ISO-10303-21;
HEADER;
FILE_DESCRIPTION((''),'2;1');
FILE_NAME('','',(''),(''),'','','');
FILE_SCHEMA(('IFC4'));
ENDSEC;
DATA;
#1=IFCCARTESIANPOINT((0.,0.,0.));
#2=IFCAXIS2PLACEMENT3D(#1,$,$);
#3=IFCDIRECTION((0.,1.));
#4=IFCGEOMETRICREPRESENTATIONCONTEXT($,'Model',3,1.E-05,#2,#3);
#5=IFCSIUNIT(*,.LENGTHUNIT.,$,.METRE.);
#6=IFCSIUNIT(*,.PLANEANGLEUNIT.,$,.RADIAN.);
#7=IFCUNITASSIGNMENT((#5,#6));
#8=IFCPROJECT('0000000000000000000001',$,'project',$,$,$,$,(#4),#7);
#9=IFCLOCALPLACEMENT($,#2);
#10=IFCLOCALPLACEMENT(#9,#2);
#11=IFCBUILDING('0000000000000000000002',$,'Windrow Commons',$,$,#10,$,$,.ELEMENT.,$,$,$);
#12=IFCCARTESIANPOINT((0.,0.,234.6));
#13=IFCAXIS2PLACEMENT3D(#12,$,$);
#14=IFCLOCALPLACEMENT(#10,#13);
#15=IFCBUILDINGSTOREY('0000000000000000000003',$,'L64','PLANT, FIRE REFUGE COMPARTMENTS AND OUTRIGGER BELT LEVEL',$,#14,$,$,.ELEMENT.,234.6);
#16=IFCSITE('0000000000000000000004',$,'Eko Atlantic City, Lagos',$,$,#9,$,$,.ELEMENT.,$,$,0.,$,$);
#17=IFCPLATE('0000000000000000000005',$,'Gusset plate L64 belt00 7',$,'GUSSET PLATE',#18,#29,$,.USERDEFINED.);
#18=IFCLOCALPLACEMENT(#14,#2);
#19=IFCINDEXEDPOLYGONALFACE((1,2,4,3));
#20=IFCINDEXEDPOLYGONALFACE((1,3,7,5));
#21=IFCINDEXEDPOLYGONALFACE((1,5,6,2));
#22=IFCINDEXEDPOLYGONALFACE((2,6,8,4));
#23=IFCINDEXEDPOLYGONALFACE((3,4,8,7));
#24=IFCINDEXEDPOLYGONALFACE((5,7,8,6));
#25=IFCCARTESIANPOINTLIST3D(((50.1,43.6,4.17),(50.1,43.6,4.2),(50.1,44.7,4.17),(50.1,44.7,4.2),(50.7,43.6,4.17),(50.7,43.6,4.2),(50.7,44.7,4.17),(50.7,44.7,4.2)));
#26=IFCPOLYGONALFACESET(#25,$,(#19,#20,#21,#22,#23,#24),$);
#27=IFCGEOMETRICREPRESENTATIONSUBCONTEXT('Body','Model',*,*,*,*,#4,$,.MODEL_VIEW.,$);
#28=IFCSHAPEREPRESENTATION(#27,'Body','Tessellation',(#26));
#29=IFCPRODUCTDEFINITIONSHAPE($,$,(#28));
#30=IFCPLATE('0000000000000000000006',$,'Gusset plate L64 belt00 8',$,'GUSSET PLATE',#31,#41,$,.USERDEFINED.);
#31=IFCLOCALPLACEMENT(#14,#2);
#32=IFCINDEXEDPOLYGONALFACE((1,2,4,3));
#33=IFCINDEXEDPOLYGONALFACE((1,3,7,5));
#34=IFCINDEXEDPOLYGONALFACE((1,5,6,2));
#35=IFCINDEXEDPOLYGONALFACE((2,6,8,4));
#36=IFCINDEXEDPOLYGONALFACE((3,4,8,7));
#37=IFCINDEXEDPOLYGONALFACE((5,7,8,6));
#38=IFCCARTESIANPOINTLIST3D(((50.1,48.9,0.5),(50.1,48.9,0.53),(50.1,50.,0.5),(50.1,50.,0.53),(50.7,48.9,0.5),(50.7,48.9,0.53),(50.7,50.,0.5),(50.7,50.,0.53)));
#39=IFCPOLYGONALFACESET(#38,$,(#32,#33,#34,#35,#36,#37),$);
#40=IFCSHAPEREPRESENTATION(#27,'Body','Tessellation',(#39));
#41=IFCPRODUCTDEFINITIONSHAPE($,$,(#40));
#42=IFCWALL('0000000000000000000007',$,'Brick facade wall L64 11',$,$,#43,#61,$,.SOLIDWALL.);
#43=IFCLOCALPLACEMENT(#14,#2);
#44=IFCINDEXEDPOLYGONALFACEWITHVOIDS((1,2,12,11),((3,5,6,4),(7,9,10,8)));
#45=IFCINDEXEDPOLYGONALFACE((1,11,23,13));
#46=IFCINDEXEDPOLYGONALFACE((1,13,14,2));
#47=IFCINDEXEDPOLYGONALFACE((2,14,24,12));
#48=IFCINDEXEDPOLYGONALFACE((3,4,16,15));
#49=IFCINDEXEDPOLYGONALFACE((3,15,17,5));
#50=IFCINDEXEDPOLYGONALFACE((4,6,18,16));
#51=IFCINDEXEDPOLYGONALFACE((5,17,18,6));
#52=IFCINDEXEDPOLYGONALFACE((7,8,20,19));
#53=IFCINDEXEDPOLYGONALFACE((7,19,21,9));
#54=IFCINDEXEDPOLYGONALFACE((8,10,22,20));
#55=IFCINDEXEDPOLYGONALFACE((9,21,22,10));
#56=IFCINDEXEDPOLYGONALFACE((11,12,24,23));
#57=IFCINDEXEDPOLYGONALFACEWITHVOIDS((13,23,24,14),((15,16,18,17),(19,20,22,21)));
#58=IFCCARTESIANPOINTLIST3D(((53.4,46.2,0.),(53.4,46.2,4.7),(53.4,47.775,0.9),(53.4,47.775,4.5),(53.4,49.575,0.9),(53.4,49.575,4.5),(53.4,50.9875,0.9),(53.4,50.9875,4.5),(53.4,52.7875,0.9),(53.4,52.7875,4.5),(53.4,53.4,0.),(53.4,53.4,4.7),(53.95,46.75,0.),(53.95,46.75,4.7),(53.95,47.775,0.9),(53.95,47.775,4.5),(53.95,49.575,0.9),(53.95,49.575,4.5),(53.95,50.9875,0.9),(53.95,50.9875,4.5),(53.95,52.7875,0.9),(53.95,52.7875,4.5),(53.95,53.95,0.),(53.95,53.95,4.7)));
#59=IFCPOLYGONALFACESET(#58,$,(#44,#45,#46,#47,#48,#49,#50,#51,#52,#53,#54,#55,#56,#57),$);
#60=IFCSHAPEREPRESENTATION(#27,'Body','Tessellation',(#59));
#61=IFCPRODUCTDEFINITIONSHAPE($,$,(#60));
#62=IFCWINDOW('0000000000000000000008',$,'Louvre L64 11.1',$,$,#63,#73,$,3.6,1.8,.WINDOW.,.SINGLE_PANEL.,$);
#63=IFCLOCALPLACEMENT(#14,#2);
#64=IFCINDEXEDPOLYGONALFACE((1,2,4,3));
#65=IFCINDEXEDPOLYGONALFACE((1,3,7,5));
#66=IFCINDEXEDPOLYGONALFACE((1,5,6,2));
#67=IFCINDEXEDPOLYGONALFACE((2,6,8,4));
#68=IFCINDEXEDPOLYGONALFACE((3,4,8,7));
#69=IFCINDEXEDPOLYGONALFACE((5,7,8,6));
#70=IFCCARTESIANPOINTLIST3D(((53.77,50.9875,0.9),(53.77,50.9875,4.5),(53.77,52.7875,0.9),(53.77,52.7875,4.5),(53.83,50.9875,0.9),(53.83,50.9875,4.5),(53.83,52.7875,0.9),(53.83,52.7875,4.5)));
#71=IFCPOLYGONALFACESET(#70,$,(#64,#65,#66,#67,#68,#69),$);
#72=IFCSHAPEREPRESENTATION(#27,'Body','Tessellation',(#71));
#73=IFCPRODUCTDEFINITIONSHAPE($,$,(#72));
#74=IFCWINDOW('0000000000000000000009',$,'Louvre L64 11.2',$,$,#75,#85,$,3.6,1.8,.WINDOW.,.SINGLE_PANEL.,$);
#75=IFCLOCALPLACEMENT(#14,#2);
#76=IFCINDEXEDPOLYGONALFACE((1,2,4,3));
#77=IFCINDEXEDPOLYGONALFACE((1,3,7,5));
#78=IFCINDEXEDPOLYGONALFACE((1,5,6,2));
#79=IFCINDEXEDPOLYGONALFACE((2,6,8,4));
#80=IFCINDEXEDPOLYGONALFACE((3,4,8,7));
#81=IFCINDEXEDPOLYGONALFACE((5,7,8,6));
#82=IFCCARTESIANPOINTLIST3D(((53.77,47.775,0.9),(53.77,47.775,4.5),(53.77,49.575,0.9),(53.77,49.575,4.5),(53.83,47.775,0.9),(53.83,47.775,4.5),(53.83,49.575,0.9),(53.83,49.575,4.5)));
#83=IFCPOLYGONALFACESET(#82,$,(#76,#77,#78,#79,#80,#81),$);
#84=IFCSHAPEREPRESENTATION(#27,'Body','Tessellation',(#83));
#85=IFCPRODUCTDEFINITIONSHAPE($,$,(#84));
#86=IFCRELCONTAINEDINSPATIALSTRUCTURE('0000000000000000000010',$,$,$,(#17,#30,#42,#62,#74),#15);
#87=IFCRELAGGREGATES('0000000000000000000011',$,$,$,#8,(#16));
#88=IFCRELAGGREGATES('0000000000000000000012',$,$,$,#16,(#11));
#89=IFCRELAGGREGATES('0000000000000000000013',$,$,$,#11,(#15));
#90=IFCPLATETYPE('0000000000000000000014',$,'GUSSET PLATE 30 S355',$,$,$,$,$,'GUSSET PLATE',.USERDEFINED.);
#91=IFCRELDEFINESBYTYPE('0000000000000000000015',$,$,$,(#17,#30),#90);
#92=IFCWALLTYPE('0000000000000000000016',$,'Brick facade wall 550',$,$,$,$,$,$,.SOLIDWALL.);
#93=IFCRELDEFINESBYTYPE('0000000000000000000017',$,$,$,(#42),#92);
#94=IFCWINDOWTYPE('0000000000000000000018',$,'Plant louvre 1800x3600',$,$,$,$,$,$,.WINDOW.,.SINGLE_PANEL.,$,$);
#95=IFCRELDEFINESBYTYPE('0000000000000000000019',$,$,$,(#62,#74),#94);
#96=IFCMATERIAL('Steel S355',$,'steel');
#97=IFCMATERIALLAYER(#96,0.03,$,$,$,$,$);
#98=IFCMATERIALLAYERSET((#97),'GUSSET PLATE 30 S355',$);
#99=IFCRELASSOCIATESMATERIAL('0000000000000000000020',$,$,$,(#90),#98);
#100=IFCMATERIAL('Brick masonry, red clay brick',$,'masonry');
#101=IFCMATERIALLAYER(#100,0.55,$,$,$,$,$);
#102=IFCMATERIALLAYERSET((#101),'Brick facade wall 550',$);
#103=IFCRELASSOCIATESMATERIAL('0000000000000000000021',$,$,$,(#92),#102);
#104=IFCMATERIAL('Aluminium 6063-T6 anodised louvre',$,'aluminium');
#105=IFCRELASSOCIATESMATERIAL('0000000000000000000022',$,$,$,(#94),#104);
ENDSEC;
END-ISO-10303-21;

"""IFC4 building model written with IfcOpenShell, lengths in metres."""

from ifc_helpers import new_model, si_unit, direction, frame, frame_2d, origin, origin_2d, place, context, subcontext, project, spatial, polyline, rectangle, outline, extrude, material, layer, layer_set, type_object, element, fill, save


model = new_model("IFC4")

# Units and contexts
model_context = context("Model", 3, precision=1e-05, world=origin(), true_north=direction((0.0, 1.0)))
body_context = subcontext(model_context, "Body", "Model", "MODEL_VIEW")
ifc_project = project(units=[si_unit("LENGTHUNIT", "METRE"), si_unit("PLANEANGLEUNIT", "RADIAN")], contexts=[model_context])

# Site, building, storey
site_placement = place(None, origin())
site = spatial("IfcSite", under=ifc_project, at=site_placement, Name="Eko Atlantic City, Lagos", CompositionType="ELEMENT", RefElevation=0.0)
building_placement = place(site_placement, origin())
building = spatial("IfcBuilding", under=site, at=building_placement, Name="Windrow Commons", CompositionType="ELEMENT")
storey_placement = place(building_placement, frame((0.0, 0.0, 234.6)))
storey = spatial("IfcBuildingStorey", under=building, at=storey_placement, Name="L64", Description="PLANT, FIRE REFUGE COMPARTMENTS AND OUTRIGGER BELT LEVEL", CompositionType="ELEMENT", Elevation=234.6)

# Plates
ifc_material_1 = material(Name="Steel S355", Category="steel")
ifc_layer_1 = layer(ifc_material_1, 0.03)
ifc_layer_set_1 = layer_set([ifc_layer_1], Name="GUSSET PLATE 30 S355")
plate_type = type_object("IfcPlateType", Name="GUSSET PLATE 30 S355", ElementType="GUSSET PLATE", PredefinedType="USERDEFINED", material=ifc_layer_set_1)
for number, where, z_axis, x_axis, name in (
    (1, (50.4, 44.15, 4.17), (0.0, 0.0, 1.0), (0.0, 1.0, 0.0), "Gusset plate L64 belt00 7"),
    (2, (50.4, 49.45, 0.5), (0.0, 0.0, 1.0), (0.0, 1.0, 0.0), "Gusset plate L64 belt00 8"),
):
    element("IfcPlate", number, at=place(storey_placement, frame(where, z_axis=z_axis, x_axis=x_axis)), inside=storey, type_object=plate_type, Name=name, ObjectType="GUSSET PLATE", PredefinedType="USERDEFINED", context=body_context, shape_type="SweptSolid", body=[
        extrude(rectangle(XDim=1.1, YDim=0.6, at=origin_2d()), origin(), (0.0, 0.0, 1.0), 0.03),
    ])

# Wall, openings, windows
ifc_material_2 = material(Name="Brick masonry, red clay brick", Category="masonry")
ifc_layer_2 = layer(ifc_material_2, 0.55)
ifc_layer_set_2 = layer_set([ifc_layer_2], Name="Brick facade wall 550")
wall_type_1 = type_object("IfcWallType", Name="Brick facade wall 550", PredefinedType="SOLIDWALL", material=ifc_layer_set_2)
wall_1_placement = place(storey_placement, frame((53.675, 53.675, 0.0), z_axis=(0.0, 0.0, 1.0), x_axis=(0.0, -1.0, 0.0)))
wall_1 = element("IfcWall", 3, at=wall_1_placement, inside=storey, type_object=wall_type_1, Name="Brick facade wall L64 11", PredefinedType="SOLIDWALL", context=body_context, shape_type="SweptSolid", body=[
    extrude(outline(polyline([(0.275, -0.275), (7.475, -0.275), (6.925, 0.275), (-0.275, 0.275), (0.275, -0.275)])), origin(), (0.0, 0.0, 1.0), 4.7),
])
opening_1_placement = place(wall_1_placement, frame((0.8875, 0.0, 0.9)))
opening_1 = element("IfcOpeningElement", 4, at=opening_1_placement, cuts=wall_1, PredefinedType="OPENING", context=body_context, shape_type="SweptSolid", body=[
    extrude(rectangle(XDim=1.8, YDim=3.6, at=frame_2d((0.9, 1.8))), frame((0.0, 0.285, 0.0), z_axis=(0.0, -1.0, 0.0), x_axis=(1.0, 0.0, 0.0)), (0.0, 0.0, 1.0), 0.57),
])
opening_2_placement = place(wall_1_placement, frame((4.1, 0.0, 0.9)))
opening_2 = element("IfcOpeningElement", 5, at=opening_2_placement, cuts=wall_1, PredefinedType="OPENING", context=body_context, shape_type="SweptSolid", body=[
    extrude(rectangle(XDim=1.8, YDim=3.6, at=frame_2d((0.9, 1.8))), frame((0.0, 0.285, 0.0), z_axis=(0.0, -1.0, 0.0), x_axis=(1.0, 0.0, 0.0)), (0.0, 0.0, 1.0), 0.57),
])
ifc_material_3 = material(Name="Aluminium 6063-T6 anodised louvre", Category="aluminium")
window_type = type_object("IfcWindowType", Name="Plant louvre 1800x3600", PartitioningType="SINGLE_PANEL", PredefinedType="WINDOW", material=ifc_material_3)
window_1_placement = place(opening_1_placement, origin())
window_1 = element("IfcWindow", 6, at=window_1_placement, inside=storey, type_object=window_type, Name="Louvre L64 11.1", OverallHeight=3.6, OverallWidth=1.8, PartitioningType="SINGLE_PANEL", PredefinedType="WINDOW", context=body_context, shape_type="SweptSolid", body=[
    extrude(rectangle(XDim=1.8, YDim=3.6, at=frame_2d((0.9, 1.8))), frame((0.0, 0.155, 0.0), z_axis=(0.0, -1.0, 0.0), x_axis=(1.0, 0.0, 0.0)), (0.0, 0.0, 1.0), 0.06),
])
fill(opening_1, window_1)
window_2_placement = place(opening_2_placement, origin())
window_2 = element("IfcWindow", 7, at=window_2_placement, inside=storey, type_object=window_type, Name="Louvre L64 11.2", OverallHeight=3.6, OverallWidth=1.8, PartitioningType="SINGLE_PANEL", PredefinedType="WINDOW", context=body_context, shape_type="SweptSolid", body=[
    extrude(rectangle(XDim=1.8, YDim=3.6, at=frame_2d((0.9, 1.8))), frame((0.0, 0.155, 0.0), z_axis=(0.0, -1.0, 0.0), x_axis=(1.0, 0.0, 0.0)), (0.0, 0.0, 1.0), 0.06),
])
fill(opening_2, window_2)

save(model, "model.ifc")
